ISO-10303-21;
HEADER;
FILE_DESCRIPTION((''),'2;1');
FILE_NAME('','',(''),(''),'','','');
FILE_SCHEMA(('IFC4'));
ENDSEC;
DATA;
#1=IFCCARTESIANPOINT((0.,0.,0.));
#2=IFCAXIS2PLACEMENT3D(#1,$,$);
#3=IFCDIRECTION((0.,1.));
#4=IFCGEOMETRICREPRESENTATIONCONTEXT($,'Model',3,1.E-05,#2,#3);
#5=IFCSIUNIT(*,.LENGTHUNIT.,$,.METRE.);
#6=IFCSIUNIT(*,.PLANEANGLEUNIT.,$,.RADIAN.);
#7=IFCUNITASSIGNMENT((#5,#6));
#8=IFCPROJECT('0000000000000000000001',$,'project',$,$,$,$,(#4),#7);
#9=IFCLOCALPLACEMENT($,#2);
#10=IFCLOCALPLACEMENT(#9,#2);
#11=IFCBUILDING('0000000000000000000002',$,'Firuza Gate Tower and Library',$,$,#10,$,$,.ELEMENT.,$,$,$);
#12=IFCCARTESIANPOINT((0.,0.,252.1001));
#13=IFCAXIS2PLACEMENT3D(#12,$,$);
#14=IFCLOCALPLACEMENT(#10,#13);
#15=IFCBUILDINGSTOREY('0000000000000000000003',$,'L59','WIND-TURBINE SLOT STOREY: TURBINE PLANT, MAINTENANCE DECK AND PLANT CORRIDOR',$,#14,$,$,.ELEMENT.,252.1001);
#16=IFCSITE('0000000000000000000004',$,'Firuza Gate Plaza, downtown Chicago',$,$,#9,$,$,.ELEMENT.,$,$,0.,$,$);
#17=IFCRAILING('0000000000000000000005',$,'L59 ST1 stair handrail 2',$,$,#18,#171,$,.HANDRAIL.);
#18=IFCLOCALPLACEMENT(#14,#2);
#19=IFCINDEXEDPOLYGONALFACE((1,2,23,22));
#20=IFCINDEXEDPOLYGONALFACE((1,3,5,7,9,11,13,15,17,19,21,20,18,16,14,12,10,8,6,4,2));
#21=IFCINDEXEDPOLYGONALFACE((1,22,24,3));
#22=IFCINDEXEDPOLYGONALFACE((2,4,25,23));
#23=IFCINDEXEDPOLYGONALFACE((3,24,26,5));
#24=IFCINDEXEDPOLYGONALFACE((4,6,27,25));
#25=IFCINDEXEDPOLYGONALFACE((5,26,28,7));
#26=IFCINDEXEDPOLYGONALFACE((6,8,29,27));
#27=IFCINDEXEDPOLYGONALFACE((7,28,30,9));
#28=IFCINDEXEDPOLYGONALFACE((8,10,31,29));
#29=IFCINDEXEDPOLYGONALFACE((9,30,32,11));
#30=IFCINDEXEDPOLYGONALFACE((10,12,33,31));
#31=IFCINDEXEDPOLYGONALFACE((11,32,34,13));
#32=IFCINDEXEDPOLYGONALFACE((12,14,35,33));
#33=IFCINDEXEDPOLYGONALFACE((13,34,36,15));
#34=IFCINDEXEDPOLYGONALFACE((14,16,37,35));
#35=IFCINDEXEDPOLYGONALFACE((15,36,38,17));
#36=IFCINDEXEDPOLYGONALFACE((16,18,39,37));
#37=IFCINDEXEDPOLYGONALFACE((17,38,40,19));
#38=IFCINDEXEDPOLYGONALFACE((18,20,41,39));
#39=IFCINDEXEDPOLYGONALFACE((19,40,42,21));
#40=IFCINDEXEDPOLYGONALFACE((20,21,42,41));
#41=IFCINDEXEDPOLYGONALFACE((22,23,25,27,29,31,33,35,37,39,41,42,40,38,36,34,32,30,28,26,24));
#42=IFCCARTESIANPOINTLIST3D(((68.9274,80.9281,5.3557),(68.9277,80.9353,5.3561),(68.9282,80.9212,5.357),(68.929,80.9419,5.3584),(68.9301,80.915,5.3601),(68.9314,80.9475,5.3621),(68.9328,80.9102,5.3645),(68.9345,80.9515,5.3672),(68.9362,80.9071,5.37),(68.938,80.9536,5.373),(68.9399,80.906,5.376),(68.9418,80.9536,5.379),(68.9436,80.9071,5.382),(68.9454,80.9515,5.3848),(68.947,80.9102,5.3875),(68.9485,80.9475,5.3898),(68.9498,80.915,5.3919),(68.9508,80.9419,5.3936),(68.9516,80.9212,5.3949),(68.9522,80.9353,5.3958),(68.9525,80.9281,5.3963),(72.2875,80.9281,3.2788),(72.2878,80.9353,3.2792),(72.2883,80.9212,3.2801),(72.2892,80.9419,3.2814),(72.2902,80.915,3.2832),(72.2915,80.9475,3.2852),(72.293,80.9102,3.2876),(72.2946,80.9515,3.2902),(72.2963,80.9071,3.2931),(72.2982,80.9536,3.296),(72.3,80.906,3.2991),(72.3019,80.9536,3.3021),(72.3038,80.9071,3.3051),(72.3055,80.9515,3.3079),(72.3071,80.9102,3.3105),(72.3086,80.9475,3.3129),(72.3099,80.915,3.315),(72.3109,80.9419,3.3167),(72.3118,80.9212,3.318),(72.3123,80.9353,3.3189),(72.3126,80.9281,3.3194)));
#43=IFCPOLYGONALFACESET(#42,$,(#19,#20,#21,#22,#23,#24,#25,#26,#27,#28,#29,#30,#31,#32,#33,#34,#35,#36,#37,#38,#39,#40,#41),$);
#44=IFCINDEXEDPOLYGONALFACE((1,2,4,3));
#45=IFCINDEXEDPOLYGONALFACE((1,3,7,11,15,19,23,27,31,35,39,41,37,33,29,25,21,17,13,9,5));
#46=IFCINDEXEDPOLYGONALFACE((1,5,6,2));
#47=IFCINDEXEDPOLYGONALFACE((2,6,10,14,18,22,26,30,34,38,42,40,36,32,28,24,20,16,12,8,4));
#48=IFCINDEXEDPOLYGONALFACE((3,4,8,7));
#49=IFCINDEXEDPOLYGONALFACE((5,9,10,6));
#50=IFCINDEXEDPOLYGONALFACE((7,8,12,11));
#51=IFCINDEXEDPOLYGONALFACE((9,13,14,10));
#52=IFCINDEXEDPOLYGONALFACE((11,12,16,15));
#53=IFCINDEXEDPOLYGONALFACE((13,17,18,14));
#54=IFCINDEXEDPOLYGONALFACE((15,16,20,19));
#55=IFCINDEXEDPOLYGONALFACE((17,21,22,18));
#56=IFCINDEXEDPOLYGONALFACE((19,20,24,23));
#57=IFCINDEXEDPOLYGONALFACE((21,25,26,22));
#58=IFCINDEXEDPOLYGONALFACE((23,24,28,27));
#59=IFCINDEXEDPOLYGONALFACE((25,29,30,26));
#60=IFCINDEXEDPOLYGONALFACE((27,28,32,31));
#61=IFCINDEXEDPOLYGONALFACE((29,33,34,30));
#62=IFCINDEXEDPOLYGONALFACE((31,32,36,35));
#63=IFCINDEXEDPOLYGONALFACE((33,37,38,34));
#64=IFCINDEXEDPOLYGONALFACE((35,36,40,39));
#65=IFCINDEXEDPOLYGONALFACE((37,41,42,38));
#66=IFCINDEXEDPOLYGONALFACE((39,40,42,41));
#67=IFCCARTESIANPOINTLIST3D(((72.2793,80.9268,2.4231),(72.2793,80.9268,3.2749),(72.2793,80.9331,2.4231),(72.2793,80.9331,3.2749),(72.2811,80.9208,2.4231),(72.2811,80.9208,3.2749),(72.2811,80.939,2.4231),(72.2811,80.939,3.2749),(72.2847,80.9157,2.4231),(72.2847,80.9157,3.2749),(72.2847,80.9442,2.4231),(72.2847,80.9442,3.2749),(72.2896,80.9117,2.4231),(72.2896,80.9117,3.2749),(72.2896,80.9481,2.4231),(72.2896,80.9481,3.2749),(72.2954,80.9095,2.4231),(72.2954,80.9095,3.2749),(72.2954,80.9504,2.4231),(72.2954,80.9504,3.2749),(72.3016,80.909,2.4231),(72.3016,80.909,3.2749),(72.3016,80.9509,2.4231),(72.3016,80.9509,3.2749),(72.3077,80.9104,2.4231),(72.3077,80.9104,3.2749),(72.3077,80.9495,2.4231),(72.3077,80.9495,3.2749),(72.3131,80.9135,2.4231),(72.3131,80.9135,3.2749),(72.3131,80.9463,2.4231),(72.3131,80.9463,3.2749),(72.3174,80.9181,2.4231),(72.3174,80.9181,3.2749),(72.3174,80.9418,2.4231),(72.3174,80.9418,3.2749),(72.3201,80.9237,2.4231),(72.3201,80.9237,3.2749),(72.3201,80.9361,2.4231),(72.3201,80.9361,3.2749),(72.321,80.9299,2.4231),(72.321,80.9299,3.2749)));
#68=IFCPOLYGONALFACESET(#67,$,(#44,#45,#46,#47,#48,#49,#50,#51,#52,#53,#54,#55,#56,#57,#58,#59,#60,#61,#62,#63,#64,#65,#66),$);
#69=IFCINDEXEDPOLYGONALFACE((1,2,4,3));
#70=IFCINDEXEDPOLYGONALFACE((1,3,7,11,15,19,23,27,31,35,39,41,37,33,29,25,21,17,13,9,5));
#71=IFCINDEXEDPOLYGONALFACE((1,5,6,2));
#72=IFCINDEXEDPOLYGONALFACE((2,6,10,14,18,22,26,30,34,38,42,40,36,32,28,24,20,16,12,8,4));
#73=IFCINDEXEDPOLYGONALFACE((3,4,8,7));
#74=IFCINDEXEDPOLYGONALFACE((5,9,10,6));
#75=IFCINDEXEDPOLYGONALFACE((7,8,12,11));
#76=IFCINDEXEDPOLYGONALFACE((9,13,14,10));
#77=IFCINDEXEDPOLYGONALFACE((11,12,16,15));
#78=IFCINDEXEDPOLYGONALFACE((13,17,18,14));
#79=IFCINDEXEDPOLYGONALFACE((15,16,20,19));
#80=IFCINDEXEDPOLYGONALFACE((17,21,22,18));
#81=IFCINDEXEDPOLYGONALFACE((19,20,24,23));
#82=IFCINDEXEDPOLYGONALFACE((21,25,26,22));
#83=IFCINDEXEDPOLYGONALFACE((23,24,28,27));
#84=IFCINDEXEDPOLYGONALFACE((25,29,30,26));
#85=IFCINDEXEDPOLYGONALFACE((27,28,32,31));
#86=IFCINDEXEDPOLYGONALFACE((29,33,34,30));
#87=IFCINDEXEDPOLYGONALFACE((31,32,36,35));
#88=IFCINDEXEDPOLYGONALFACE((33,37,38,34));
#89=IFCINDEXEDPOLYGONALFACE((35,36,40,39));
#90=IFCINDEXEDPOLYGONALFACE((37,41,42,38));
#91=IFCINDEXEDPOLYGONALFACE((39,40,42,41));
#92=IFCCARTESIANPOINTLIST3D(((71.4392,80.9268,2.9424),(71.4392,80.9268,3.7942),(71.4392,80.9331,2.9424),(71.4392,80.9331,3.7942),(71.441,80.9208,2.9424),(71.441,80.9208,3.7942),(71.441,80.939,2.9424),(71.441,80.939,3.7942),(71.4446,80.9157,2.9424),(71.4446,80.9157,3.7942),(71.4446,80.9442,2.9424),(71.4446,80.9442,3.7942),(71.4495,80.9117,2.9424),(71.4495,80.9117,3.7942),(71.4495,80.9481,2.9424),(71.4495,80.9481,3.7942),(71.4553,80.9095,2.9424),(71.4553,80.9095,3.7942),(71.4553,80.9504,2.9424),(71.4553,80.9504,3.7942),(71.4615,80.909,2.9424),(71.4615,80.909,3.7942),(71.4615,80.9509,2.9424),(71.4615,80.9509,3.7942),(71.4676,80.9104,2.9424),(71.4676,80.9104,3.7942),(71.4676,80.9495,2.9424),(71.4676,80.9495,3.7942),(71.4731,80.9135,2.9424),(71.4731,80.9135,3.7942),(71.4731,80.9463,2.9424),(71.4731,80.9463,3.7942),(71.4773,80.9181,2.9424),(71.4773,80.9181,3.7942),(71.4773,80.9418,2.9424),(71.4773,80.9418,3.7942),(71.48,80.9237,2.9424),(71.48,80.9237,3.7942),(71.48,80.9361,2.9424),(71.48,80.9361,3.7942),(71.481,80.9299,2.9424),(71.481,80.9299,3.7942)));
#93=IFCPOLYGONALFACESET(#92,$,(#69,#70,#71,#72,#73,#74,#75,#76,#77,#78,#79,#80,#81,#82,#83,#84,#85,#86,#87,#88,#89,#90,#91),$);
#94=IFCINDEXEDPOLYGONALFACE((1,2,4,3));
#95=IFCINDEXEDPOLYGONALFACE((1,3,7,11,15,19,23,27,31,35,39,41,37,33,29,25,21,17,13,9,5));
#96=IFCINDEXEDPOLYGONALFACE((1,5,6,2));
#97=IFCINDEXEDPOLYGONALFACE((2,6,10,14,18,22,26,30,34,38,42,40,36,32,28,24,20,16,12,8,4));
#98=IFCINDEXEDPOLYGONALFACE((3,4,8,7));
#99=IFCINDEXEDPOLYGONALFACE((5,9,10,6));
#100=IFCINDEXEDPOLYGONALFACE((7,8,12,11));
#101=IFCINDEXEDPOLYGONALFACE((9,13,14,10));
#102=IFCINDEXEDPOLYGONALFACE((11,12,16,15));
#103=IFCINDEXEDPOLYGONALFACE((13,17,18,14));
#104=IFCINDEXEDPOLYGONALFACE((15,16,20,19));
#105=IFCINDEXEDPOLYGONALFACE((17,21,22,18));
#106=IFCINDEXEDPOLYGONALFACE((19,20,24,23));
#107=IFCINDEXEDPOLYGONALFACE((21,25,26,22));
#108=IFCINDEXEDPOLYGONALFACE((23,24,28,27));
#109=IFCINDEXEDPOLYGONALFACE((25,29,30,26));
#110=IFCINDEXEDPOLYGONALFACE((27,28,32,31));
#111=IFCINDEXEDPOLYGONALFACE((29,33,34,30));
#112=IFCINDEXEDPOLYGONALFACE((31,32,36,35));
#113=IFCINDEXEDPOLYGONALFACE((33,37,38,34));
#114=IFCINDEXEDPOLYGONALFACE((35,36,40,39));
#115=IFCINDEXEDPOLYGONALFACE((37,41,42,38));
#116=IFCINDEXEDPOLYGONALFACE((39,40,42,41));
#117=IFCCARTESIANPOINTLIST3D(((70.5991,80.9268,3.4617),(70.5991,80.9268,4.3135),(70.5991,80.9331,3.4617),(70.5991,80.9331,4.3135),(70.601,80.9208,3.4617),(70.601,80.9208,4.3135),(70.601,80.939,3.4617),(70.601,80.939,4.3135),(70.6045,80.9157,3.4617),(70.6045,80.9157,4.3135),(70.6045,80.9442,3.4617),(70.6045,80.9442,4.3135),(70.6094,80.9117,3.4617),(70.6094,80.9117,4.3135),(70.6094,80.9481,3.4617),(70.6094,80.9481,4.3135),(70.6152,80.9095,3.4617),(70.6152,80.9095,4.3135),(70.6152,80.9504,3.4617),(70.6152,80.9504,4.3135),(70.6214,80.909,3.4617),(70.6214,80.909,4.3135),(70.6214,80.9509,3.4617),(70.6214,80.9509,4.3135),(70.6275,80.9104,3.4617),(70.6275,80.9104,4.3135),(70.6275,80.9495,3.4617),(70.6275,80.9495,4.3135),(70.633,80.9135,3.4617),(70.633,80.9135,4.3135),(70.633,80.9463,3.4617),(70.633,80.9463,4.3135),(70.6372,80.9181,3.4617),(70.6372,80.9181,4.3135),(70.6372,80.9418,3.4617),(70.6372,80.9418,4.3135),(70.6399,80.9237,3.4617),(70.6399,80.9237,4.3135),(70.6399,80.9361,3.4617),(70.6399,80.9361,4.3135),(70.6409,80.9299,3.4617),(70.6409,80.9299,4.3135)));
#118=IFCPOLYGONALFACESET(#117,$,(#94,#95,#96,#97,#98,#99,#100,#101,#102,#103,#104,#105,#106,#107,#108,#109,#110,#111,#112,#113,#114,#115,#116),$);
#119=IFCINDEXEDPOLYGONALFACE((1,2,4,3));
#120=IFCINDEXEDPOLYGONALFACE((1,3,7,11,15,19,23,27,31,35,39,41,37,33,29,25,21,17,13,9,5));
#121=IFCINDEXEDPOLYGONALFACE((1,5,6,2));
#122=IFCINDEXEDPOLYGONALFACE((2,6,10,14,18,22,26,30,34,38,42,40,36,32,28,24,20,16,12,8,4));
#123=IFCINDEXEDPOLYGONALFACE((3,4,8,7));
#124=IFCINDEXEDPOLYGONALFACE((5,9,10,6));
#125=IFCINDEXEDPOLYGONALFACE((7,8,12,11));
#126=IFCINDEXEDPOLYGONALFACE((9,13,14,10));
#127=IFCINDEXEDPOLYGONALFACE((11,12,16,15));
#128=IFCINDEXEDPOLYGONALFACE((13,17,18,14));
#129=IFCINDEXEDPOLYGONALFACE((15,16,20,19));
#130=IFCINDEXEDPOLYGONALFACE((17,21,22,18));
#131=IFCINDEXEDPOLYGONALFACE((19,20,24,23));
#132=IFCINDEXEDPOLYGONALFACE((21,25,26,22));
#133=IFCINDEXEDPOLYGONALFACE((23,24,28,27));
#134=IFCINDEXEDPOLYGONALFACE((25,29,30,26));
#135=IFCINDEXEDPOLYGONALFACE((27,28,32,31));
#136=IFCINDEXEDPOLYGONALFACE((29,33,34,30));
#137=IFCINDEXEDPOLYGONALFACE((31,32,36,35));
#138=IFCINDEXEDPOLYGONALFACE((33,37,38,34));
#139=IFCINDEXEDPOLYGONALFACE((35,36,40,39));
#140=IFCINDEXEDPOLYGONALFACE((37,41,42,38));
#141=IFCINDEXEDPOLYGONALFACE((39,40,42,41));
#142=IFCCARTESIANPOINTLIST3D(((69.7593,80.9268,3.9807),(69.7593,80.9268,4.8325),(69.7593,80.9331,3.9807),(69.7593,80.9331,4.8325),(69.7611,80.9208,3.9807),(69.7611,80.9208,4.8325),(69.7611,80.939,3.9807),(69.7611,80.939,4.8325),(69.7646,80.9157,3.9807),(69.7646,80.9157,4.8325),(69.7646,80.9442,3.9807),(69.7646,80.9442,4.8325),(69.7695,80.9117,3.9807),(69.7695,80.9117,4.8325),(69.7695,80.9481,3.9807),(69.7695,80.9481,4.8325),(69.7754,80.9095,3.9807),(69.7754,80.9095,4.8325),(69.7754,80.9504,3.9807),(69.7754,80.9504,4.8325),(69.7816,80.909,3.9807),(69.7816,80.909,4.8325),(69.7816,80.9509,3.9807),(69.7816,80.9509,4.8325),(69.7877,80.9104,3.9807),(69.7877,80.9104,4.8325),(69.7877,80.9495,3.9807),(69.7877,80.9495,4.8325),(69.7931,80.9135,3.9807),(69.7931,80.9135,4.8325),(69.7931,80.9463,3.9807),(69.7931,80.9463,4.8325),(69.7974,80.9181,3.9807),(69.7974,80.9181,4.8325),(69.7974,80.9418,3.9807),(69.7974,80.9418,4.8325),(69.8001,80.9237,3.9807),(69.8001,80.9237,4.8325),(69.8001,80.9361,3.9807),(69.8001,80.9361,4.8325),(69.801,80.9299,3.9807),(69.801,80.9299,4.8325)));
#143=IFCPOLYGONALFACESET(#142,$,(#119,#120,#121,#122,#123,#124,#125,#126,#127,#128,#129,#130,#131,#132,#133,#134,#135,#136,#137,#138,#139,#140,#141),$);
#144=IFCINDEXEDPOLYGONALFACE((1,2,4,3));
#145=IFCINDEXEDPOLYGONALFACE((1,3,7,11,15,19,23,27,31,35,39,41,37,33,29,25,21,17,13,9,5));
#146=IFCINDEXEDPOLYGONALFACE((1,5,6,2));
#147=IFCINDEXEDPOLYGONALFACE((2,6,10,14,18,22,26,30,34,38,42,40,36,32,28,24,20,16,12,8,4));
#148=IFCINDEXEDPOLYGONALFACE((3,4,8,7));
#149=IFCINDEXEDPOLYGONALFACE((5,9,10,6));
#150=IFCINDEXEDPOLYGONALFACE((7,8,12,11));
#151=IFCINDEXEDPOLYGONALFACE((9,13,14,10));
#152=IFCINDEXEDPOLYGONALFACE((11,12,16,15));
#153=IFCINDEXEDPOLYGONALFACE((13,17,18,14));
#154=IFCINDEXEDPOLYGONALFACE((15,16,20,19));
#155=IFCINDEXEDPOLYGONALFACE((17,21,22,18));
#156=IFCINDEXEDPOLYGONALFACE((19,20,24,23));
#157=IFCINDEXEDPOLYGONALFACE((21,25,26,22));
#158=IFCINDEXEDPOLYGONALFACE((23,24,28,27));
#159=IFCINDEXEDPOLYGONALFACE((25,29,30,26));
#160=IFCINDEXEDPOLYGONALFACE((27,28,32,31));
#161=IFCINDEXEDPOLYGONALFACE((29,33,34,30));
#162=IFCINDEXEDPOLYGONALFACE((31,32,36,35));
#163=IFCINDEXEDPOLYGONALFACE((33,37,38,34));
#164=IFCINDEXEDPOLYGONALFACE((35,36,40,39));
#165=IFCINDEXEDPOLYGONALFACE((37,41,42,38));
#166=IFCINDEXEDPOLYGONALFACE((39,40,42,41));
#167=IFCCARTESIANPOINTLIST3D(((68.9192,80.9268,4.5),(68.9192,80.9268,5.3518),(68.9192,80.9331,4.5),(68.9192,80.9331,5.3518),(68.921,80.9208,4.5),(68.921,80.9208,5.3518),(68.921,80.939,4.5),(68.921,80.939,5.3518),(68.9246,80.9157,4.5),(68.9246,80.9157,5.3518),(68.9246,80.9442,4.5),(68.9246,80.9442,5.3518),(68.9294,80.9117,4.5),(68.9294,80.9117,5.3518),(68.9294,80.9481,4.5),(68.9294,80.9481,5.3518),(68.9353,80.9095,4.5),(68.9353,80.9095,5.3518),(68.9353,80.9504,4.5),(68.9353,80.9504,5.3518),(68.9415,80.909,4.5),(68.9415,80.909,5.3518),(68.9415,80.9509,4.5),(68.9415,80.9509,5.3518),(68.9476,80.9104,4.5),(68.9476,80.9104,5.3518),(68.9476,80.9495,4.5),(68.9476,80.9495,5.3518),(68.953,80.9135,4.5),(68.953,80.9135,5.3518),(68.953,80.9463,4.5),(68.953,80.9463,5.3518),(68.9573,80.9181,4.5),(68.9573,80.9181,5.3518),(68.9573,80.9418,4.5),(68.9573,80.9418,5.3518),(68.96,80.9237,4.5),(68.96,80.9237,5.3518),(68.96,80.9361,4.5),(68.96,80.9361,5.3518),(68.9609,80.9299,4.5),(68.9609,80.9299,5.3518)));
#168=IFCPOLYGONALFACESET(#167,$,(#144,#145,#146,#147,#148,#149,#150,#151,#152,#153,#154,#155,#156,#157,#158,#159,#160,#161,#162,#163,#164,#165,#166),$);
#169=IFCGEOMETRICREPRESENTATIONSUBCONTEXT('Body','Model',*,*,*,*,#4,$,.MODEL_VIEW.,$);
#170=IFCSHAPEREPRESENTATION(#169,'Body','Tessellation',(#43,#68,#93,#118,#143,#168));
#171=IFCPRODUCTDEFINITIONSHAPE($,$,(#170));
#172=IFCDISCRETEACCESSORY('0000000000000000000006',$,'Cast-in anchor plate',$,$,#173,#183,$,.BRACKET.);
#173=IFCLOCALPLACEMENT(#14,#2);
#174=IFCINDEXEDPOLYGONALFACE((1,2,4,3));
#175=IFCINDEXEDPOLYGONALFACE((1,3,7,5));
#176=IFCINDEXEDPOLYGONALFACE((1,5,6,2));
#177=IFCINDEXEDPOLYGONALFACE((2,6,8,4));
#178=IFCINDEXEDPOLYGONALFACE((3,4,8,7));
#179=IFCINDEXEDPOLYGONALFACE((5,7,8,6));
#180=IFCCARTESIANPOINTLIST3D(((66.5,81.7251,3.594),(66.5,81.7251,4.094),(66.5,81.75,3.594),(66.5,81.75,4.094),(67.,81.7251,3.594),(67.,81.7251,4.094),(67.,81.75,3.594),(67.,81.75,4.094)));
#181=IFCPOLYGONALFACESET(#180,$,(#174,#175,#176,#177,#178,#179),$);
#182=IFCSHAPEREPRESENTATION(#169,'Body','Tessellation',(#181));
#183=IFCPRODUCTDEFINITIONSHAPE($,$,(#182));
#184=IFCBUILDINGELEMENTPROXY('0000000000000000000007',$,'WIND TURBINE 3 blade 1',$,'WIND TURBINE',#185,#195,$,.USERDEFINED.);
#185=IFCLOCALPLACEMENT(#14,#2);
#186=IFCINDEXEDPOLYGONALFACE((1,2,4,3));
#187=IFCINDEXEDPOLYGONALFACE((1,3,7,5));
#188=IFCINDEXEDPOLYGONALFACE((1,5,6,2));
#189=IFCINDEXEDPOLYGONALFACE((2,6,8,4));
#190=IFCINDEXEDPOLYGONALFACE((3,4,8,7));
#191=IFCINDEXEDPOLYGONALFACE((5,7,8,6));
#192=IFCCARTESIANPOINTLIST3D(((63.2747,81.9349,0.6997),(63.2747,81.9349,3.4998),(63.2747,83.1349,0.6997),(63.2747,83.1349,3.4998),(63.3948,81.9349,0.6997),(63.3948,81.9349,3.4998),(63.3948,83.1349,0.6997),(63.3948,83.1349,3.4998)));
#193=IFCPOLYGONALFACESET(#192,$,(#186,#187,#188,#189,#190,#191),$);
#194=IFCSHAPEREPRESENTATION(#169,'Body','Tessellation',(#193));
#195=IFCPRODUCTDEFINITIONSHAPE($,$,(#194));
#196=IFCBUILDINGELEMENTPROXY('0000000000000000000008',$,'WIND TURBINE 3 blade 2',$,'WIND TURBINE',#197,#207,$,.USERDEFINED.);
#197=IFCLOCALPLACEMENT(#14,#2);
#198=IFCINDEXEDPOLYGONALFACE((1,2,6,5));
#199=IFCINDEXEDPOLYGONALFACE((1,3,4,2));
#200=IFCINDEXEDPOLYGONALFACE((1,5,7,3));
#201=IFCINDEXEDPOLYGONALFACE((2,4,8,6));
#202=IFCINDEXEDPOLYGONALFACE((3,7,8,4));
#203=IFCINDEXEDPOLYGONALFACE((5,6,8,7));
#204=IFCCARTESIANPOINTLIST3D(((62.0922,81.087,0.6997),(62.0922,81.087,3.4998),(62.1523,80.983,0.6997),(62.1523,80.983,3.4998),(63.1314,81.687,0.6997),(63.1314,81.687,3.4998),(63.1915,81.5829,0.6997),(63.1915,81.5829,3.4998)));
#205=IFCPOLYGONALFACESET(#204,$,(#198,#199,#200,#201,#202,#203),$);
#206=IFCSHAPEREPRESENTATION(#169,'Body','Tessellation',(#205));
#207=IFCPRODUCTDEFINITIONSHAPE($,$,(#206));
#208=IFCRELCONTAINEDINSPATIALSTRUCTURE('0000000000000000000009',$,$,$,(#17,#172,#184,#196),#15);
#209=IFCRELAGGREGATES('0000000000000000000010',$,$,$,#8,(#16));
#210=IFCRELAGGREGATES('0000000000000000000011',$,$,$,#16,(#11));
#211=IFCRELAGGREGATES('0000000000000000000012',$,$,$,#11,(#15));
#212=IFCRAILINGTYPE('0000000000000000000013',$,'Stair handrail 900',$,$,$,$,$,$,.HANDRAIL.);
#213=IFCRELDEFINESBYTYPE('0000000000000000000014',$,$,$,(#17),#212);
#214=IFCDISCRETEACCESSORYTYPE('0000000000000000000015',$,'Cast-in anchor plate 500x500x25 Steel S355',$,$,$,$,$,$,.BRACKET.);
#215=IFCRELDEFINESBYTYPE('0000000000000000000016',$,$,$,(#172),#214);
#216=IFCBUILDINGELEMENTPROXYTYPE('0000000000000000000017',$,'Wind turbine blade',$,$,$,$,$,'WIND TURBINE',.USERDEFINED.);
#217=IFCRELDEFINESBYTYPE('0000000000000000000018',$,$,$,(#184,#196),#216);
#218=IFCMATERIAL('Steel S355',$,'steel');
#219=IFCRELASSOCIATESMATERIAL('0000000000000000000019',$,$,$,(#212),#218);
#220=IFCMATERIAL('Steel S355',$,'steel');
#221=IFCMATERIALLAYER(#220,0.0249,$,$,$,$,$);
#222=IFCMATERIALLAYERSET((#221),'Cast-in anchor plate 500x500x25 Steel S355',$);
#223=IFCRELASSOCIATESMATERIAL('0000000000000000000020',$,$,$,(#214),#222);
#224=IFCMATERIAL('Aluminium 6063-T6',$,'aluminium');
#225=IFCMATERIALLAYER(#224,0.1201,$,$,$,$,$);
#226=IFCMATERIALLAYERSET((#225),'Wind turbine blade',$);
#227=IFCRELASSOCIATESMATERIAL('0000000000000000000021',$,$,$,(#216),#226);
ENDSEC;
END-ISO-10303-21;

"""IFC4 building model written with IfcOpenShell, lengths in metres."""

from ifc_helpers import new_model, si_unit, direction, frame, origin, origin_2d, place, context, subcontext, project, spatial, rectangle, circle, extrude, material, layer, layer_set, type_object, element, save


model = new_model("IFC4")

# Units and contexts
model_context = context("Model", 3, precision=1e-05, world=origin(), true_north=direction((0.0, 1.0)))
body_context = subcontext(model_context, "Body", "Model", "MODEL_VIEW")
ifc_project = project(units=[si_unit("LENGTHUNIT", "METRE"), si_unit("PLANEANGLEUNIT", "RADIAN")], contexts=[model_context])

# Site, building, storey
site_placement = place(None, origin())
site = spatial("IfcSite", under=ifc_project, at=site_placement, Name="Firuza Gate Plaza, downtown Chicago", CompositionType="ELEMENT", RefElevation=0.0)
building_placement = place(site_placement, origin())
building = spatial("IfcBuilding", under=site, at=building_placement, Name="Firuza Gate Tower and Library", CompositionType="ELEMENT")
storey_placement = place(building_placement, frame((0.0, 0.0, 252.1001)))
storey = spatial("IfcBuildingStorey", under=building, at=storey_placement, Name="L59", Description="WIND-TURBINE SLOT STOREY: TURBINE PLANT, MAINTENANCE DECK AND PLANT CORRIDOR", CompositionType="ELEMENT", Elevation=252.1001)

# Railing
ifc_material_1 = material(Name="Steel S355", Category="steel")
railing_type_1 = type_object("IfcRailingType", Name="Stair handrail 900", PredefinedType="HANDRAIL", material=ifc_material_1)
railing_1_placement = place(storey_placement, frame((72.3, 80.9299, 2.4231)))
element("IfcRailing", 1, at=railing_1_placement, inside=storey, type_object=railing_type_1, Name="L59 ST1 stair handrail 2", PredefinedType="HANDRAIL", context=body_context, shape_type="SweptSolid", body=[
    extrude(circle(Radius=0.0239, at=origin_2d()), frame((0.0, 0.0, 0.876), z_axis=(-0.850623, 0.0, 0.525776), x_axis=(0.0, -1.0, 0.0)), (0.0, 0.0, 1.0), 3.9502),
    extrude(circle(Radius=0.021, at=origin_2d()), origin(), (0.0, 0.0, 1.0), 0.8518),
    extrude(circle(Radius=0.021, at=origin_2d()), frame((-0.8401, 0.0, 0.5193)), (0.0, 0.0, 1.0), 0.8518),
    extrude(circle(Radius=0.021, at=origin_2d()), frame((-1.6802, 0.0, 1.0386)), (0.0, 0.0, 1.0), 0.8518),
    extrude(circle(Radius=0.021, at=origin_2d()), frame((-2.52, 0.0, 1.5576)), (0.0, 0.0, 1.0), 0.8518),
    extrude(circle(Radius=0.021, at=origin_2d()), frame((-3.3601, 0.0, 2.0769)), (0.0, 0.0, 1.0), 0.8518),
])

# Discrete accessory
ifc_material_2 = material(Name="Steel S355", Category="steel")
ifc_layer_1 = layer(ifc_material_2, 0.0249)
ifc_layer_set_1 = layer_set([ifc_layer_1], Name="Cast-in anchor plate 500x500x25 Steel S355")
discrete_accessory_type = type_object("IfcDiscreteAccessoryType", Name="Cast-in anchor plate 500x500x25 Steel S355", PredefinedType="BRACKET", material=ifc_layer_set_1)
discrete_accessory_placement = place(storey_placement, frame((66.75, 81.7375, 3.594), z_axis=(0.0, 0.0, 1.0), x_axis=(1.0, 0.0, 0.0)))
element("IfcDiscreteAccessory", 2, at=discrete_accessory_placement, inside=storey, type_object=discrete_accessory_type, Name="Cast-in anchor plate", PredefinedType="BRACKET", context=body_context, shape_type="SweptSolid", body=[
    extrude(rectangle(XDim=0.5, YDim=0.0249, at=origin_2d()), origin(), (0.0, 0.0, 1.0), 0.5),
])

# Building element proxies
ifc_material_3 = material(Name="Aluminium 6063-T6", Category="aluminium")
ifc_layer_2 = layer(ifc_material_3, 0.1201)
ifc_layer_set_2 = layer_set([ifc_layer_2], Name="Wind turbine blade")
building_element_proxy_type_1 = type_object("IfcBuildingElementProxyType", Name="Wind turbine blade", ElementType="WIND TURBINE", PredefinedType="USERDEFINED", material=ifc_layer_set_2)
for number, where, z_axis, x_axis, name in (
    (3, (63.3347, 82.5349, 0.6997), (0.0, 0.0, 1.0), (0.0, 1.0, 0.0), "WIND TURBINE 3 blade 1"),
    (4, (62.6418, 81.335, 0.6997), (0.0, 0.0, 1.0), (-0.866025, -0.5, 0.0), "WIND TURBINE 3 blade 2"),
):
    element("IfcBuildingElementProxy", number, at=place(storey_placement, frame(where, z_axis=z_axis, x_axis=x_axis)), inside=storey, type_object=building_element_proxy_type_1, Name=name, ObjectType="WIND TURBINE", PredefinedType="USERDEFINED", context=body_context, shape_type="SweptSolid", body=[
        extrude(rectangle(XDim=1.2, YDim=0.1201, at=origin_2d()), origin(), (0.0, 0.0, 1.0), 2.8),
    ])

save(model, "model.ifc")
